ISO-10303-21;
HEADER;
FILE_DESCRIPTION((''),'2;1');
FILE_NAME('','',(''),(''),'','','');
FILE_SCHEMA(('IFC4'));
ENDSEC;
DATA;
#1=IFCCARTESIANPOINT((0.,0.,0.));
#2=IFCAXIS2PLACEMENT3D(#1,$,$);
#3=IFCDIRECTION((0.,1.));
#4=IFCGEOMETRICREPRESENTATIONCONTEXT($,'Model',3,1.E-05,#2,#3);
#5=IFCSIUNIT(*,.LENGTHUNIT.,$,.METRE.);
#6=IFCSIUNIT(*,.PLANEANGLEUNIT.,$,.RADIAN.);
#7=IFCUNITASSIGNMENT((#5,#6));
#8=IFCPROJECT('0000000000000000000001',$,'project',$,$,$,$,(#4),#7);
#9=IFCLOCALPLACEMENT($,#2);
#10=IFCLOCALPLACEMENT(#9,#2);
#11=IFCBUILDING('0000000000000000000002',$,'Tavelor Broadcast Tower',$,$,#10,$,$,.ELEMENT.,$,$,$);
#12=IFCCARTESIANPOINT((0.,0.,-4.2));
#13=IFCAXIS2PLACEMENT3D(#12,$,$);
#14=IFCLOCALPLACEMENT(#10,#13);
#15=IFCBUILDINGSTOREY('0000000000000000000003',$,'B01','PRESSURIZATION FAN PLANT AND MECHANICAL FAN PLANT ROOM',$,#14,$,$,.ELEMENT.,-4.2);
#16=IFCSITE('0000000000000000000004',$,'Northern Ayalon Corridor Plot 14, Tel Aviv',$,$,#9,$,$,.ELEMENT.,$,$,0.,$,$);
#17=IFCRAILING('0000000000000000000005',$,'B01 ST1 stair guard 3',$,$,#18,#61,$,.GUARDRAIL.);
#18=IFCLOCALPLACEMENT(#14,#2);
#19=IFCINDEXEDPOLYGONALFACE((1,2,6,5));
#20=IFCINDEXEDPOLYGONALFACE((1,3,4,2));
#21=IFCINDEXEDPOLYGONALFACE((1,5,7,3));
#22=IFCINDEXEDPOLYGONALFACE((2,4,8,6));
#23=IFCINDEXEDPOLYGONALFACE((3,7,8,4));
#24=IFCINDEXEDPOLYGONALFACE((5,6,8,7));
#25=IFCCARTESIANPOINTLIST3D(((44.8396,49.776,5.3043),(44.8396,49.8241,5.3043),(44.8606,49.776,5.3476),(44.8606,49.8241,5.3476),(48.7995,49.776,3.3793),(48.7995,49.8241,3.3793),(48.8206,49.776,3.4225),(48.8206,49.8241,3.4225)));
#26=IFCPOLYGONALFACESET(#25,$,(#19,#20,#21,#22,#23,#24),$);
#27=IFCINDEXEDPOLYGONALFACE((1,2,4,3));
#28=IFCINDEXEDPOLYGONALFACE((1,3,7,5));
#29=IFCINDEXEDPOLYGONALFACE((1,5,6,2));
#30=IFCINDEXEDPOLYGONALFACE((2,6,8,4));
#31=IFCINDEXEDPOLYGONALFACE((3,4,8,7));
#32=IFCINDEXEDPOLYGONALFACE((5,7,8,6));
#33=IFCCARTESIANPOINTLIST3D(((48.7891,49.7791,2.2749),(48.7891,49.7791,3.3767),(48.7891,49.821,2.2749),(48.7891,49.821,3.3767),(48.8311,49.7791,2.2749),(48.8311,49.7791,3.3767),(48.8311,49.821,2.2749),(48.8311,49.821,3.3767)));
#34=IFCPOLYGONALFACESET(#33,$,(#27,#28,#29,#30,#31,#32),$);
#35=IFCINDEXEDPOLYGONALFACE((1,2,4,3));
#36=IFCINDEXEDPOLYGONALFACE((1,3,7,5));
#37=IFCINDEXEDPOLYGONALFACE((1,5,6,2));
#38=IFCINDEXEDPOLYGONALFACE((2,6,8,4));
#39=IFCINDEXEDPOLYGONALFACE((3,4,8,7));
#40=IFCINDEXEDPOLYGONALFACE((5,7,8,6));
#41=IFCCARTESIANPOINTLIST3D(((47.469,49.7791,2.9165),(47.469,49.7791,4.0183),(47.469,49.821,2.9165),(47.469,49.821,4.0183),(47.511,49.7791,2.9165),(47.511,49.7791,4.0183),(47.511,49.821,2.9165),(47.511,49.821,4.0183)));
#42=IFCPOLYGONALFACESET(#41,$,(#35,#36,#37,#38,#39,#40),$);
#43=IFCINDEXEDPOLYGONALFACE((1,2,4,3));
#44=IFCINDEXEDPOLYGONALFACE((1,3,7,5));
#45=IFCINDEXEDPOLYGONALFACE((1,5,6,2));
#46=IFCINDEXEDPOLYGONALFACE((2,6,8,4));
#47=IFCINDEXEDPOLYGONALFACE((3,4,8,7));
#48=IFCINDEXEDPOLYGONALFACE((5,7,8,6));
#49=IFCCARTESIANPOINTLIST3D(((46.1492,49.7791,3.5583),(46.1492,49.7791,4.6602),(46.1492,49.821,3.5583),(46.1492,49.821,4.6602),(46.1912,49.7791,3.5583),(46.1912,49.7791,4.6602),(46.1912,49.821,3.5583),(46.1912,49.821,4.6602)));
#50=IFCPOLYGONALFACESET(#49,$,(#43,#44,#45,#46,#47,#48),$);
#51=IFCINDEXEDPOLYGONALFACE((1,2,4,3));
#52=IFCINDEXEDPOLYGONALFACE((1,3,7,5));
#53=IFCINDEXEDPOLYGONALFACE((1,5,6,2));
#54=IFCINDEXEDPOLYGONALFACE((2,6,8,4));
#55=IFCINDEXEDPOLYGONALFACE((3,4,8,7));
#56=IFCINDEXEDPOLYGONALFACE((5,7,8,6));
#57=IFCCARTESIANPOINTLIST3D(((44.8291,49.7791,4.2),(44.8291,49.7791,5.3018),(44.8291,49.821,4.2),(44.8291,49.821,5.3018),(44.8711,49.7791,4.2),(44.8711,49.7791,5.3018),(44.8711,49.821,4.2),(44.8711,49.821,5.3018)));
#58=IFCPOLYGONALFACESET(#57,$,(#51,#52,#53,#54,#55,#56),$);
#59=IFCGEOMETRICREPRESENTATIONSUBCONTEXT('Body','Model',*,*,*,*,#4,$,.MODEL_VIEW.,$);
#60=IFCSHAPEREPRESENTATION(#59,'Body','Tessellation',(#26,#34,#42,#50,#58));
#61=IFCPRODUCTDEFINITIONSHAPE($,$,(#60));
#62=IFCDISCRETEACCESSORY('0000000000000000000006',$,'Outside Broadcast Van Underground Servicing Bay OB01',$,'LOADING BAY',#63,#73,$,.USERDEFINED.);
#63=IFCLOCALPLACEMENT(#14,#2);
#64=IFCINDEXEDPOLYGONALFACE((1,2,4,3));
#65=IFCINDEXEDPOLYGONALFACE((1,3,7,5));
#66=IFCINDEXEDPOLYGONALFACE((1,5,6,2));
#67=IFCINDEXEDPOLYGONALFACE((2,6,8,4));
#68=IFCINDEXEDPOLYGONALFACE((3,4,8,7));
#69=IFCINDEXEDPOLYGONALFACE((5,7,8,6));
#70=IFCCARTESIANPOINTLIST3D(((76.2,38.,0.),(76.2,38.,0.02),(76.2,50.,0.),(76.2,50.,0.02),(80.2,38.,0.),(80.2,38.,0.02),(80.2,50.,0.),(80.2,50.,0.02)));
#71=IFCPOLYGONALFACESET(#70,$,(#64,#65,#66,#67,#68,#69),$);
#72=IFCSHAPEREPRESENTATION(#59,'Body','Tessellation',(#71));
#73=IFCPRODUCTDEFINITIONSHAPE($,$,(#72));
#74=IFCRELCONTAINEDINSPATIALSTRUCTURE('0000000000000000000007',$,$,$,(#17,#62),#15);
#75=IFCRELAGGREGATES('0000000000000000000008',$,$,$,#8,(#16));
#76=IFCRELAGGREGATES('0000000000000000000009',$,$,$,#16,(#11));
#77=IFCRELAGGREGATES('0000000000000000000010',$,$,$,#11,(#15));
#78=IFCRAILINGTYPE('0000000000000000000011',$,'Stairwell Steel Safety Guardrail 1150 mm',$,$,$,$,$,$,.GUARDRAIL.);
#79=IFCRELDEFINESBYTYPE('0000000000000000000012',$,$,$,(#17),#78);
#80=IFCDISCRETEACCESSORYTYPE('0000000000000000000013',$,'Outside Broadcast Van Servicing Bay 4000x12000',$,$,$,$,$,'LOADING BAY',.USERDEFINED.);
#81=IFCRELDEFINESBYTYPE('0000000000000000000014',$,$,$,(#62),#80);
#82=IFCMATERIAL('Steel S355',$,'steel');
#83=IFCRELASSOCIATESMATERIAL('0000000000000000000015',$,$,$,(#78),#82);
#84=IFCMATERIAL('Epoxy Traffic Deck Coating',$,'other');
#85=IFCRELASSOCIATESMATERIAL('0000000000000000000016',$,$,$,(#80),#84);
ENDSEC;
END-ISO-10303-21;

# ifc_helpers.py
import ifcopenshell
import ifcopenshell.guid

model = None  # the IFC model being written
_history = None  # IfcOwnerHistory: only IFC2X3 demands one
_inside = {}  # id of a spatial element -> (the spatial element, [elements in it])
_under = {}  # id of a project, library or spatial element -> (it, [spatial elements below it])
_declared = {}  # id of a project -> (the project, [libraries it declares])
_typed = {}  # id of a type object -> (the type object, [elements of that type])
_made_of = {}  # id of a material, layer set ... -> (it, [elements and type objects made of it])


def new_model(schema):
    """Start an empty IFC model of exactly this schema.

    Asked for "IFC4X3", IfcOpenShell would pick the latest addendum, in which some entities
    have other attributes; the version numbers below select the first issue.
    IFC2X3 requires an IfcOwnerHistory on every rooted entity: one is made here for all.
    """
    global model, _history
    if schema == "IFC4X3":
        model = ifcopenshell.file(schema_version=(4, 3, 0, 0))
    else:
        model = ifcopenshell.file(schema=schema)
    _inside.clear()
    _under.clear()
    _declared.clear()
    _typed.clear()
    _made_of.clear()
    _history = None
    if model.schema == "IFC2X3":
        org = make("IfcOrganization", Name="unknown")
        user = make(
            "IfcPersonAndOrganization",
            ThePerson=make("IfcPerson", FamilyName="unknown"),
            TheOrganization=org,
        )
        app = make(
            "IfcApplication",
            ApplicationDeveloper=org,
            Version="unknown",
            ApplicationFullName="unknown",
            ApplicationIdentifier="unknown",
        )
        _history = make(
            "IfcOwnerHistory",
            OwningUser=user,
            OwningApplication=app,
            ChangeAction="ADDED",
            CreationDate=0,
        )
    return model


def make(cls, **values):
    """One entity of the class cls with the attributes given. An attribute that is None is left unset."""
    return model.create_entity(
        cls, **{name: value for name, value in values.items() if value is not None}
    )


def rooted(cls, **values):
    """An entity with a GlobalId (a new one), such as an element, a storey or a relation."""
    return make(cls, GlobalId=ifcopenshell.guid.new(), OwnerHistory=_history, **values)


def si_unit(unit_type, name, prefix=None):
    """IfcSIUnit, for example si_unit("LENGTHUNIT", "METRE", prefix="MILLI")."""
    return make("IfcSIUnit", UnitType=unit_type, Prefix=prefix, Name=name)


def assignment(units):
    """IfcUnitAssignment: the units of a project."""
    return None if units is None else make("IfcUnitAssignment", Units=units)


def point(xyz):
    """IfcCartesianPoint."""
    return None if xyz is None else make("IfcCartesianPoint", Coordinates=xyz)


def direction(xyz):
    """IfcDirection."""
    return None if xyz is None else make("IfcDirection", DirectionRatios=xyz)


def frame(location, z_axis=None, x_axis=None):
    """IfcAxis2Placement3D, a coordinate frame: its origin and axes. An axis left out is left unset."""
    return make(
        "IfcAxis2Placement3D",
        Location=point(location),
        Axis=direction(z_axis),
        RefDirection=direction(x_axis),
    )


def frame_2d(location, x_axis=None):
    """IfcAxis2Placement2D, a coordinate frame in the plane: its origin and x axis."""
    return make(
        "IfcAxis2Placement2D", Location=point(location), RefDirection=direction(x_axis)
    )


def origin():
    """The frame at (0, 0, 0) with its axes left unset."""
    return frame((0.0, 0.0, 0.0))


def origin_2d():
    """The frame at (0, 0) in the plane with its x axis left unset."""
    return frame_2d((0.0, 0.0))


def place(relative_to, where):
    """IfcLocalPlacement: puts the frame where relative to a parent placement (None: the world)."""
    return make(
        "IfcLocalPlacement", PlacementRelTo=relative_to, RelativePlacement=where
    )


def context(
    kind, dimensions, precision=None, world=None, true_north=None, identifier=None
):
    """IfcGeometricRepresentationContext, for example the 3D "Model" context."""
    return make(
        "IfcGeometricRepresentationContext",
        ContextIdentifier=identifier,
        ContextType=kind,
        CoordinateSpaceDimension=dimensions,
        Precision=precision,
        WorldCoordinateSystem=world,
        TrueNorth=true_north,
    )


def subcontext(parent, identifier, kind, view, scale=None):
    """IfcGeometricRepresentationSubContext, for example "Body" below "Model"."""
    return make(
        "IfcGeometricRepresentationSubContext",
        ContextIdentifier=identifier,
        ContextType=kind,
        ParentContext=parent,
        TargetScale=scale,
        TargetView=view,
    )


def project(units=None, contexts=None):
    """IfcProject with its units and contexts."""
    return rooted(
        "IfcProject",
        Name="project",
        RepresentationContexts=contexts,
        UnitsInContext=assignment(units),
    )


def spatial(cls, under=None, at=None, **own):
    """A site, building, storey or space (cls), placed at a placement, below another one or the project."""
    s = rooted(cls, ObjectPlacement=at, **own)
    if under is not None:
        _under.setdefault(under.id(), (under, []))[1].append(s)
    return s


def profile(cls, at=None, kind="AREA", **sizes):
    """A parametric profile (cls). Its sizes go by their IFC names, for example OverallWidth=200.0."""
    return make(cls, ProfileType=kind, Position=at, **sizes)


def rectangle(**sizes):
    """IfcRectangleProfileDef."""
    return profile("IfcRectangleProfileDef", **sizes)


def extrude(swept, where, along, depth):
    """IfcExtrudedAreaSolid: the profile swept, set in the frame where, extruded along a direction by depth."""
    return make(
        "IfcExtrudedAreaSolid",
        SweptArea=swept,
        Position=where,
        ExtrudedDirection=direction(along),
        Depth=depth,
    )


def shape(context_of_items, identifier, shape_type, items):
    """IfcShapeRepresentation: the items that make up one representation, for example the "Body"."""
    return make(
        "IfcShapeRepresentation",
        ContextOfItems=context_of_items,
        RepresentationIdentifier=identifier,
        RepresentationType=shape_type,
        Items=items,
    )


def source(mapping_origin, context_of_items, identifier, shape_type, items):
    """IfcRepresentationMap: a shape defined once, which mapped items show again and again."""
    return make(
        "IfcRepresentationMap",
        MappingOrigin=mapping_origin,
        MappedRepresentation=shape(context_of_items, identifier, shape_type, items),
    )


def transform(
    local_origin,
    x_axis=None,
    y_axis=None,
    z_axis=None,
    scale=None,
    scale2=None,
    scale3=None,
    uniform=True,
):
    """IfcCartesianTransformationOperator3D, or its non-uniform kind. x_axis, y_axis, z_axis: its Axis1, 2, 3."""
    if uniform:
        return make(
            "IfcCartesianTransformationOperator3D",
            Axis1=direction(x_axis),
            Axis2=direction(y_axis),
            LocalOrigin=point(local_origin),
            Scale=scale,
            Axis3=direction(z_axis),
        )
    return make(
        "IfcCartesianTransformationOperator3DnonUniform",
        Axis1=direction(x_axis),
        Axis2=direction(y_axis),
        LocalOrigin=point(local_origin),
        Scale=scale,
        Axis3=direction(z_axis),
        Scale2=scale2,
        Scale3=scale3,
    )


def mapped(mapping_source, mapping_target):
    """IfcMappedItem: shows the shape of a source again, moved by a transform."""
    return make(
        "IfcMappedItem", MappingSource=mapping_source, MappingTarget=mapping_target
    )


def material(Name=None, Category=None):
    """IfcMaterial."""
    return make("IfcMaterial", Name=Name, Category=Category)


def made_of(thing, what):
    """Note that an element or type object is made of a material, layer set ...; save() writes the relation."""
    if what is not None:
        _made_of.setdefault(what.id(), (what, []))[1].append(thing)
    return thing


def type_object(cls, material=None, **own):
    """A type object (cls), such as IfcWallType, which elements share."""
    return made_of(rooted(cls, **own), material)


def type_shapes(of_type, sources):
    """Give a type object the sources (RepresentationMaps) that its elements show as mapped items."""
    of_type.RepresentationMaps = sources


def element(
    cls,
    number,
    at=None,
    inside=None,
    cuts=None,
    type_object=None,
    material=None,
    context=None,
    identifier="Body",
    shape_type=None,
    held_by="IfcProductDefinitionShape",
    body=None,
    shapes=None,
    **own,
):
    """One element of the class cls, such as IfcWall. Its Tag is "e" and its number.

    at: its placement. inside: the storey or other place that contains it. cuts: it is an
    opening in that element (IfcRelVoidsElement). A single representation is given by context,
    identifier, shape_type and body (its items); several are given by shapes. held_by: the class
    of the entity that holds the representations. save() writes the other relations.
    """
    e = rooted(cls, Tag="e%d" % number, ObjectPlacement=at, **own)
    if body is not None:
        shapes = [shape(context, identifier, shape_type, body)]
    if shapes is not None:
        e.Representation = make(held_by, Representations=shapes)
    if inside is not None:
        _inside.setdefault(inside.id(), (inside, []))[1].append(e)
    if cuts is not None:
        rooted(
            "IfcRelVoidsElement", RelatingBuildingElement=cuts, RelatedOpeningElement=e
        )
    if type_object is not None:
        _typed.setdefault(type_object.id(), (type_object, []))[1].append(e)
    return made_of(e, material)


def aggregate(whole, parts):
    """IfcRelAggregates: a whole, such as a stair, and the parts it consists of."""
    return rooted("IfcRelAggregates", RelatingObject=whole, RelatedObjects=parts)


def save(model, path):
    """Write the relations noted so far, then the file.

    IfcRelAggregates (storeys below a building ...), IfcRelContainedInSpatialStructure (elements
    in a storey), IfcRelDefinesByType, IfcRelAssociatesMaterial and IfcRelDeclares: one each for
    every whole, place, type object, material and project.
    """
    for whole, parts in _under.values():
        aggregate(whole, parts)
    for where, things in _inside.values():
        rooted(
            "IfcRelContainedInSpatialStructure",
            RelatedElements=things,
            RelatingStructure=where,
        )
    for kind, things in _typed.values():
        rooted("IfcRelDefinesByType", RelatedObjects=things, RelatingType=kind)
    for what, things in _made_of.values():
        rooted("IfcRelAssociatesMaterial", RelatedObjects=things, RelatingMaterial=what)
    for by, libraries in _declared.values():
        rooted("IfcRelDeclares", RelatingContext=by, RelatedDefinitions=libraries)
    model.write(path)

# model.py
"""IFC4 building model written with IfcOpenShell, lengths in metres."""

from ifc_helpers import new_model, si_unit, direction, frame, origin, origin_2d, place, context, subcontext, project, spatial, rectangle, extrude, source, transform, mapped, material, type_object, type_shapes, element, save


model = new_model("IFC4")

# Units and contexts
model_context = context("Model", 3, precision=1e-05, world=origin(), true_north=direction((0.0, 1.0)))
body_context = subcontext(model_context, "Body", "Model", "MODEL_VIEW")
ifc_project = project(units=[si_unit("LENGTHUNIT", "METRE"), si_unit("PLANEANGLEUNIT", "RADIAN")], contexts=[model_context])

# Site, building, storey
site_placement = place(None, origin())
site = spatial("IfcSite", under=ifc_project, at=site_placement, Name="Northern Ayalon Corridor Plot 14, Tel Aviv", CompositionType="ELEMENT", RefElevation=0.0)
building_placement = place(site_placement, origin())
building = spatial("IfcBuilding", under=site, at=building_placement, Name="Tavelor Broadcast Tower", CompositionType="ELEMENT")
storey_placement = place(building_placement, frame((0.0, 0.0, -4.2)))
storey = spatial("IfcBuildingStorey", under=building, at=storey_placement, Name="B01", Description="PRESSURIZATION FAN PLANT AND MECHANICAL FAN PLANT ROOM", CompositionType="ELEMENT", Elevation=-4.2)

# Shared definitions
ifc_material_1 = material(Name="Steel S355", Category="steel")

# Railing
railing_type_1 = type_object("IfcRailingType", Name="Stairwell Steel Safety Guardrail 1150 mm", PredefinedType="GUARDRAIL", material=ifc_material_1)
railing_1_placement = place(storey_placement, frame((48.8101, 49.8, 2.2749)))
element("IfcRailing", 1, at=railing_1_placement, inside=storey, type_object=railing_type_1, Name="B01 ST1 stair guard 3", PredefinedType="GUARDRAIL", context=body_context, shape_type="SweptSolid", body=[
    extrude(rectangle(XDim=0.0481, YDim=0.0481, at=origin_2d()), frame((0.0, 0.0, 1.126), z_axis=(-0.899362, 0.0, 0.437205), x_axis=(0.0, -1.0, 0.0)), (0.0, 0.0, 1.0), 4.4031),
    extrude(rectangle(XDim=0.042, YDim=0.042, at=origin_2d()), origin(), (0.0, 0.0, 1.0), 1.1018),
    extrude(rectangle(XDim=0.042, YDim=0.042, at=origin_2d()), frame((-1.3201, 0.0, 0.6416)), (0.0, 0.0, 1.0), 1.1018),
    extrude(rectangle(XDim=0.042, YDim=0.042, at=origin_2d()), frame((-2.6399, 0.0, 1.2834)), (0.0, 0.0, 1.0), 1.1018),
    extrude(rectangle(XDim=0.042, YDim=0.042, at=origin_2d()), frame((-3.96, 0.0, 1.925)), (0.0, 0.0, 1.0), 1.1018),
])

# Discrete accessory
ifc_material_2 = material(Name="Epoxy Traffic Deck Coating", Category="other")
discrete_accessory_type = type_object("IfcDiscreteAccessoryType", Name="Outside Broadcast Van Servicing Bay 4000x12000", ElementType="LOADING BAY", PredefinedType="USERDEFINED", material=ifc_material_2)
shared_shape_1 = source(origin(), body_context, "Body", "SweptSolid", [
    extrude(rectangle(XDim=4.0, YDim=12.0, at=origin_2d()), origin(), (0.0, 0.0, 1.0), 0.02),
])
type_shapes(discrete_accessory_type, [shared_shape_1])
discrete_accessory_placement = place(storey_placement, frame((78.2, 44.0, 0.0), z_axis=(0.0, 0.0, 1.0), x_axis=(1.0, 0.0, 0.0)))
element("IfcDiscreteAccessory", 2, at=discrete_accessory_placement, inside=storey, type_object=discrete_accessory_type, Name="Outside Broadcast Van Underground Servicing Bay OB01", ObjectType="LOADING BAY", PredefinedType="USERDEFINED", context=body_context, shape_type="MappedRepresentation", body=[
    mapped(shared_shape_1, transform((0.0, 0.0, 0.0), scale=1.0)),
])

save(model, "model.ifc")
